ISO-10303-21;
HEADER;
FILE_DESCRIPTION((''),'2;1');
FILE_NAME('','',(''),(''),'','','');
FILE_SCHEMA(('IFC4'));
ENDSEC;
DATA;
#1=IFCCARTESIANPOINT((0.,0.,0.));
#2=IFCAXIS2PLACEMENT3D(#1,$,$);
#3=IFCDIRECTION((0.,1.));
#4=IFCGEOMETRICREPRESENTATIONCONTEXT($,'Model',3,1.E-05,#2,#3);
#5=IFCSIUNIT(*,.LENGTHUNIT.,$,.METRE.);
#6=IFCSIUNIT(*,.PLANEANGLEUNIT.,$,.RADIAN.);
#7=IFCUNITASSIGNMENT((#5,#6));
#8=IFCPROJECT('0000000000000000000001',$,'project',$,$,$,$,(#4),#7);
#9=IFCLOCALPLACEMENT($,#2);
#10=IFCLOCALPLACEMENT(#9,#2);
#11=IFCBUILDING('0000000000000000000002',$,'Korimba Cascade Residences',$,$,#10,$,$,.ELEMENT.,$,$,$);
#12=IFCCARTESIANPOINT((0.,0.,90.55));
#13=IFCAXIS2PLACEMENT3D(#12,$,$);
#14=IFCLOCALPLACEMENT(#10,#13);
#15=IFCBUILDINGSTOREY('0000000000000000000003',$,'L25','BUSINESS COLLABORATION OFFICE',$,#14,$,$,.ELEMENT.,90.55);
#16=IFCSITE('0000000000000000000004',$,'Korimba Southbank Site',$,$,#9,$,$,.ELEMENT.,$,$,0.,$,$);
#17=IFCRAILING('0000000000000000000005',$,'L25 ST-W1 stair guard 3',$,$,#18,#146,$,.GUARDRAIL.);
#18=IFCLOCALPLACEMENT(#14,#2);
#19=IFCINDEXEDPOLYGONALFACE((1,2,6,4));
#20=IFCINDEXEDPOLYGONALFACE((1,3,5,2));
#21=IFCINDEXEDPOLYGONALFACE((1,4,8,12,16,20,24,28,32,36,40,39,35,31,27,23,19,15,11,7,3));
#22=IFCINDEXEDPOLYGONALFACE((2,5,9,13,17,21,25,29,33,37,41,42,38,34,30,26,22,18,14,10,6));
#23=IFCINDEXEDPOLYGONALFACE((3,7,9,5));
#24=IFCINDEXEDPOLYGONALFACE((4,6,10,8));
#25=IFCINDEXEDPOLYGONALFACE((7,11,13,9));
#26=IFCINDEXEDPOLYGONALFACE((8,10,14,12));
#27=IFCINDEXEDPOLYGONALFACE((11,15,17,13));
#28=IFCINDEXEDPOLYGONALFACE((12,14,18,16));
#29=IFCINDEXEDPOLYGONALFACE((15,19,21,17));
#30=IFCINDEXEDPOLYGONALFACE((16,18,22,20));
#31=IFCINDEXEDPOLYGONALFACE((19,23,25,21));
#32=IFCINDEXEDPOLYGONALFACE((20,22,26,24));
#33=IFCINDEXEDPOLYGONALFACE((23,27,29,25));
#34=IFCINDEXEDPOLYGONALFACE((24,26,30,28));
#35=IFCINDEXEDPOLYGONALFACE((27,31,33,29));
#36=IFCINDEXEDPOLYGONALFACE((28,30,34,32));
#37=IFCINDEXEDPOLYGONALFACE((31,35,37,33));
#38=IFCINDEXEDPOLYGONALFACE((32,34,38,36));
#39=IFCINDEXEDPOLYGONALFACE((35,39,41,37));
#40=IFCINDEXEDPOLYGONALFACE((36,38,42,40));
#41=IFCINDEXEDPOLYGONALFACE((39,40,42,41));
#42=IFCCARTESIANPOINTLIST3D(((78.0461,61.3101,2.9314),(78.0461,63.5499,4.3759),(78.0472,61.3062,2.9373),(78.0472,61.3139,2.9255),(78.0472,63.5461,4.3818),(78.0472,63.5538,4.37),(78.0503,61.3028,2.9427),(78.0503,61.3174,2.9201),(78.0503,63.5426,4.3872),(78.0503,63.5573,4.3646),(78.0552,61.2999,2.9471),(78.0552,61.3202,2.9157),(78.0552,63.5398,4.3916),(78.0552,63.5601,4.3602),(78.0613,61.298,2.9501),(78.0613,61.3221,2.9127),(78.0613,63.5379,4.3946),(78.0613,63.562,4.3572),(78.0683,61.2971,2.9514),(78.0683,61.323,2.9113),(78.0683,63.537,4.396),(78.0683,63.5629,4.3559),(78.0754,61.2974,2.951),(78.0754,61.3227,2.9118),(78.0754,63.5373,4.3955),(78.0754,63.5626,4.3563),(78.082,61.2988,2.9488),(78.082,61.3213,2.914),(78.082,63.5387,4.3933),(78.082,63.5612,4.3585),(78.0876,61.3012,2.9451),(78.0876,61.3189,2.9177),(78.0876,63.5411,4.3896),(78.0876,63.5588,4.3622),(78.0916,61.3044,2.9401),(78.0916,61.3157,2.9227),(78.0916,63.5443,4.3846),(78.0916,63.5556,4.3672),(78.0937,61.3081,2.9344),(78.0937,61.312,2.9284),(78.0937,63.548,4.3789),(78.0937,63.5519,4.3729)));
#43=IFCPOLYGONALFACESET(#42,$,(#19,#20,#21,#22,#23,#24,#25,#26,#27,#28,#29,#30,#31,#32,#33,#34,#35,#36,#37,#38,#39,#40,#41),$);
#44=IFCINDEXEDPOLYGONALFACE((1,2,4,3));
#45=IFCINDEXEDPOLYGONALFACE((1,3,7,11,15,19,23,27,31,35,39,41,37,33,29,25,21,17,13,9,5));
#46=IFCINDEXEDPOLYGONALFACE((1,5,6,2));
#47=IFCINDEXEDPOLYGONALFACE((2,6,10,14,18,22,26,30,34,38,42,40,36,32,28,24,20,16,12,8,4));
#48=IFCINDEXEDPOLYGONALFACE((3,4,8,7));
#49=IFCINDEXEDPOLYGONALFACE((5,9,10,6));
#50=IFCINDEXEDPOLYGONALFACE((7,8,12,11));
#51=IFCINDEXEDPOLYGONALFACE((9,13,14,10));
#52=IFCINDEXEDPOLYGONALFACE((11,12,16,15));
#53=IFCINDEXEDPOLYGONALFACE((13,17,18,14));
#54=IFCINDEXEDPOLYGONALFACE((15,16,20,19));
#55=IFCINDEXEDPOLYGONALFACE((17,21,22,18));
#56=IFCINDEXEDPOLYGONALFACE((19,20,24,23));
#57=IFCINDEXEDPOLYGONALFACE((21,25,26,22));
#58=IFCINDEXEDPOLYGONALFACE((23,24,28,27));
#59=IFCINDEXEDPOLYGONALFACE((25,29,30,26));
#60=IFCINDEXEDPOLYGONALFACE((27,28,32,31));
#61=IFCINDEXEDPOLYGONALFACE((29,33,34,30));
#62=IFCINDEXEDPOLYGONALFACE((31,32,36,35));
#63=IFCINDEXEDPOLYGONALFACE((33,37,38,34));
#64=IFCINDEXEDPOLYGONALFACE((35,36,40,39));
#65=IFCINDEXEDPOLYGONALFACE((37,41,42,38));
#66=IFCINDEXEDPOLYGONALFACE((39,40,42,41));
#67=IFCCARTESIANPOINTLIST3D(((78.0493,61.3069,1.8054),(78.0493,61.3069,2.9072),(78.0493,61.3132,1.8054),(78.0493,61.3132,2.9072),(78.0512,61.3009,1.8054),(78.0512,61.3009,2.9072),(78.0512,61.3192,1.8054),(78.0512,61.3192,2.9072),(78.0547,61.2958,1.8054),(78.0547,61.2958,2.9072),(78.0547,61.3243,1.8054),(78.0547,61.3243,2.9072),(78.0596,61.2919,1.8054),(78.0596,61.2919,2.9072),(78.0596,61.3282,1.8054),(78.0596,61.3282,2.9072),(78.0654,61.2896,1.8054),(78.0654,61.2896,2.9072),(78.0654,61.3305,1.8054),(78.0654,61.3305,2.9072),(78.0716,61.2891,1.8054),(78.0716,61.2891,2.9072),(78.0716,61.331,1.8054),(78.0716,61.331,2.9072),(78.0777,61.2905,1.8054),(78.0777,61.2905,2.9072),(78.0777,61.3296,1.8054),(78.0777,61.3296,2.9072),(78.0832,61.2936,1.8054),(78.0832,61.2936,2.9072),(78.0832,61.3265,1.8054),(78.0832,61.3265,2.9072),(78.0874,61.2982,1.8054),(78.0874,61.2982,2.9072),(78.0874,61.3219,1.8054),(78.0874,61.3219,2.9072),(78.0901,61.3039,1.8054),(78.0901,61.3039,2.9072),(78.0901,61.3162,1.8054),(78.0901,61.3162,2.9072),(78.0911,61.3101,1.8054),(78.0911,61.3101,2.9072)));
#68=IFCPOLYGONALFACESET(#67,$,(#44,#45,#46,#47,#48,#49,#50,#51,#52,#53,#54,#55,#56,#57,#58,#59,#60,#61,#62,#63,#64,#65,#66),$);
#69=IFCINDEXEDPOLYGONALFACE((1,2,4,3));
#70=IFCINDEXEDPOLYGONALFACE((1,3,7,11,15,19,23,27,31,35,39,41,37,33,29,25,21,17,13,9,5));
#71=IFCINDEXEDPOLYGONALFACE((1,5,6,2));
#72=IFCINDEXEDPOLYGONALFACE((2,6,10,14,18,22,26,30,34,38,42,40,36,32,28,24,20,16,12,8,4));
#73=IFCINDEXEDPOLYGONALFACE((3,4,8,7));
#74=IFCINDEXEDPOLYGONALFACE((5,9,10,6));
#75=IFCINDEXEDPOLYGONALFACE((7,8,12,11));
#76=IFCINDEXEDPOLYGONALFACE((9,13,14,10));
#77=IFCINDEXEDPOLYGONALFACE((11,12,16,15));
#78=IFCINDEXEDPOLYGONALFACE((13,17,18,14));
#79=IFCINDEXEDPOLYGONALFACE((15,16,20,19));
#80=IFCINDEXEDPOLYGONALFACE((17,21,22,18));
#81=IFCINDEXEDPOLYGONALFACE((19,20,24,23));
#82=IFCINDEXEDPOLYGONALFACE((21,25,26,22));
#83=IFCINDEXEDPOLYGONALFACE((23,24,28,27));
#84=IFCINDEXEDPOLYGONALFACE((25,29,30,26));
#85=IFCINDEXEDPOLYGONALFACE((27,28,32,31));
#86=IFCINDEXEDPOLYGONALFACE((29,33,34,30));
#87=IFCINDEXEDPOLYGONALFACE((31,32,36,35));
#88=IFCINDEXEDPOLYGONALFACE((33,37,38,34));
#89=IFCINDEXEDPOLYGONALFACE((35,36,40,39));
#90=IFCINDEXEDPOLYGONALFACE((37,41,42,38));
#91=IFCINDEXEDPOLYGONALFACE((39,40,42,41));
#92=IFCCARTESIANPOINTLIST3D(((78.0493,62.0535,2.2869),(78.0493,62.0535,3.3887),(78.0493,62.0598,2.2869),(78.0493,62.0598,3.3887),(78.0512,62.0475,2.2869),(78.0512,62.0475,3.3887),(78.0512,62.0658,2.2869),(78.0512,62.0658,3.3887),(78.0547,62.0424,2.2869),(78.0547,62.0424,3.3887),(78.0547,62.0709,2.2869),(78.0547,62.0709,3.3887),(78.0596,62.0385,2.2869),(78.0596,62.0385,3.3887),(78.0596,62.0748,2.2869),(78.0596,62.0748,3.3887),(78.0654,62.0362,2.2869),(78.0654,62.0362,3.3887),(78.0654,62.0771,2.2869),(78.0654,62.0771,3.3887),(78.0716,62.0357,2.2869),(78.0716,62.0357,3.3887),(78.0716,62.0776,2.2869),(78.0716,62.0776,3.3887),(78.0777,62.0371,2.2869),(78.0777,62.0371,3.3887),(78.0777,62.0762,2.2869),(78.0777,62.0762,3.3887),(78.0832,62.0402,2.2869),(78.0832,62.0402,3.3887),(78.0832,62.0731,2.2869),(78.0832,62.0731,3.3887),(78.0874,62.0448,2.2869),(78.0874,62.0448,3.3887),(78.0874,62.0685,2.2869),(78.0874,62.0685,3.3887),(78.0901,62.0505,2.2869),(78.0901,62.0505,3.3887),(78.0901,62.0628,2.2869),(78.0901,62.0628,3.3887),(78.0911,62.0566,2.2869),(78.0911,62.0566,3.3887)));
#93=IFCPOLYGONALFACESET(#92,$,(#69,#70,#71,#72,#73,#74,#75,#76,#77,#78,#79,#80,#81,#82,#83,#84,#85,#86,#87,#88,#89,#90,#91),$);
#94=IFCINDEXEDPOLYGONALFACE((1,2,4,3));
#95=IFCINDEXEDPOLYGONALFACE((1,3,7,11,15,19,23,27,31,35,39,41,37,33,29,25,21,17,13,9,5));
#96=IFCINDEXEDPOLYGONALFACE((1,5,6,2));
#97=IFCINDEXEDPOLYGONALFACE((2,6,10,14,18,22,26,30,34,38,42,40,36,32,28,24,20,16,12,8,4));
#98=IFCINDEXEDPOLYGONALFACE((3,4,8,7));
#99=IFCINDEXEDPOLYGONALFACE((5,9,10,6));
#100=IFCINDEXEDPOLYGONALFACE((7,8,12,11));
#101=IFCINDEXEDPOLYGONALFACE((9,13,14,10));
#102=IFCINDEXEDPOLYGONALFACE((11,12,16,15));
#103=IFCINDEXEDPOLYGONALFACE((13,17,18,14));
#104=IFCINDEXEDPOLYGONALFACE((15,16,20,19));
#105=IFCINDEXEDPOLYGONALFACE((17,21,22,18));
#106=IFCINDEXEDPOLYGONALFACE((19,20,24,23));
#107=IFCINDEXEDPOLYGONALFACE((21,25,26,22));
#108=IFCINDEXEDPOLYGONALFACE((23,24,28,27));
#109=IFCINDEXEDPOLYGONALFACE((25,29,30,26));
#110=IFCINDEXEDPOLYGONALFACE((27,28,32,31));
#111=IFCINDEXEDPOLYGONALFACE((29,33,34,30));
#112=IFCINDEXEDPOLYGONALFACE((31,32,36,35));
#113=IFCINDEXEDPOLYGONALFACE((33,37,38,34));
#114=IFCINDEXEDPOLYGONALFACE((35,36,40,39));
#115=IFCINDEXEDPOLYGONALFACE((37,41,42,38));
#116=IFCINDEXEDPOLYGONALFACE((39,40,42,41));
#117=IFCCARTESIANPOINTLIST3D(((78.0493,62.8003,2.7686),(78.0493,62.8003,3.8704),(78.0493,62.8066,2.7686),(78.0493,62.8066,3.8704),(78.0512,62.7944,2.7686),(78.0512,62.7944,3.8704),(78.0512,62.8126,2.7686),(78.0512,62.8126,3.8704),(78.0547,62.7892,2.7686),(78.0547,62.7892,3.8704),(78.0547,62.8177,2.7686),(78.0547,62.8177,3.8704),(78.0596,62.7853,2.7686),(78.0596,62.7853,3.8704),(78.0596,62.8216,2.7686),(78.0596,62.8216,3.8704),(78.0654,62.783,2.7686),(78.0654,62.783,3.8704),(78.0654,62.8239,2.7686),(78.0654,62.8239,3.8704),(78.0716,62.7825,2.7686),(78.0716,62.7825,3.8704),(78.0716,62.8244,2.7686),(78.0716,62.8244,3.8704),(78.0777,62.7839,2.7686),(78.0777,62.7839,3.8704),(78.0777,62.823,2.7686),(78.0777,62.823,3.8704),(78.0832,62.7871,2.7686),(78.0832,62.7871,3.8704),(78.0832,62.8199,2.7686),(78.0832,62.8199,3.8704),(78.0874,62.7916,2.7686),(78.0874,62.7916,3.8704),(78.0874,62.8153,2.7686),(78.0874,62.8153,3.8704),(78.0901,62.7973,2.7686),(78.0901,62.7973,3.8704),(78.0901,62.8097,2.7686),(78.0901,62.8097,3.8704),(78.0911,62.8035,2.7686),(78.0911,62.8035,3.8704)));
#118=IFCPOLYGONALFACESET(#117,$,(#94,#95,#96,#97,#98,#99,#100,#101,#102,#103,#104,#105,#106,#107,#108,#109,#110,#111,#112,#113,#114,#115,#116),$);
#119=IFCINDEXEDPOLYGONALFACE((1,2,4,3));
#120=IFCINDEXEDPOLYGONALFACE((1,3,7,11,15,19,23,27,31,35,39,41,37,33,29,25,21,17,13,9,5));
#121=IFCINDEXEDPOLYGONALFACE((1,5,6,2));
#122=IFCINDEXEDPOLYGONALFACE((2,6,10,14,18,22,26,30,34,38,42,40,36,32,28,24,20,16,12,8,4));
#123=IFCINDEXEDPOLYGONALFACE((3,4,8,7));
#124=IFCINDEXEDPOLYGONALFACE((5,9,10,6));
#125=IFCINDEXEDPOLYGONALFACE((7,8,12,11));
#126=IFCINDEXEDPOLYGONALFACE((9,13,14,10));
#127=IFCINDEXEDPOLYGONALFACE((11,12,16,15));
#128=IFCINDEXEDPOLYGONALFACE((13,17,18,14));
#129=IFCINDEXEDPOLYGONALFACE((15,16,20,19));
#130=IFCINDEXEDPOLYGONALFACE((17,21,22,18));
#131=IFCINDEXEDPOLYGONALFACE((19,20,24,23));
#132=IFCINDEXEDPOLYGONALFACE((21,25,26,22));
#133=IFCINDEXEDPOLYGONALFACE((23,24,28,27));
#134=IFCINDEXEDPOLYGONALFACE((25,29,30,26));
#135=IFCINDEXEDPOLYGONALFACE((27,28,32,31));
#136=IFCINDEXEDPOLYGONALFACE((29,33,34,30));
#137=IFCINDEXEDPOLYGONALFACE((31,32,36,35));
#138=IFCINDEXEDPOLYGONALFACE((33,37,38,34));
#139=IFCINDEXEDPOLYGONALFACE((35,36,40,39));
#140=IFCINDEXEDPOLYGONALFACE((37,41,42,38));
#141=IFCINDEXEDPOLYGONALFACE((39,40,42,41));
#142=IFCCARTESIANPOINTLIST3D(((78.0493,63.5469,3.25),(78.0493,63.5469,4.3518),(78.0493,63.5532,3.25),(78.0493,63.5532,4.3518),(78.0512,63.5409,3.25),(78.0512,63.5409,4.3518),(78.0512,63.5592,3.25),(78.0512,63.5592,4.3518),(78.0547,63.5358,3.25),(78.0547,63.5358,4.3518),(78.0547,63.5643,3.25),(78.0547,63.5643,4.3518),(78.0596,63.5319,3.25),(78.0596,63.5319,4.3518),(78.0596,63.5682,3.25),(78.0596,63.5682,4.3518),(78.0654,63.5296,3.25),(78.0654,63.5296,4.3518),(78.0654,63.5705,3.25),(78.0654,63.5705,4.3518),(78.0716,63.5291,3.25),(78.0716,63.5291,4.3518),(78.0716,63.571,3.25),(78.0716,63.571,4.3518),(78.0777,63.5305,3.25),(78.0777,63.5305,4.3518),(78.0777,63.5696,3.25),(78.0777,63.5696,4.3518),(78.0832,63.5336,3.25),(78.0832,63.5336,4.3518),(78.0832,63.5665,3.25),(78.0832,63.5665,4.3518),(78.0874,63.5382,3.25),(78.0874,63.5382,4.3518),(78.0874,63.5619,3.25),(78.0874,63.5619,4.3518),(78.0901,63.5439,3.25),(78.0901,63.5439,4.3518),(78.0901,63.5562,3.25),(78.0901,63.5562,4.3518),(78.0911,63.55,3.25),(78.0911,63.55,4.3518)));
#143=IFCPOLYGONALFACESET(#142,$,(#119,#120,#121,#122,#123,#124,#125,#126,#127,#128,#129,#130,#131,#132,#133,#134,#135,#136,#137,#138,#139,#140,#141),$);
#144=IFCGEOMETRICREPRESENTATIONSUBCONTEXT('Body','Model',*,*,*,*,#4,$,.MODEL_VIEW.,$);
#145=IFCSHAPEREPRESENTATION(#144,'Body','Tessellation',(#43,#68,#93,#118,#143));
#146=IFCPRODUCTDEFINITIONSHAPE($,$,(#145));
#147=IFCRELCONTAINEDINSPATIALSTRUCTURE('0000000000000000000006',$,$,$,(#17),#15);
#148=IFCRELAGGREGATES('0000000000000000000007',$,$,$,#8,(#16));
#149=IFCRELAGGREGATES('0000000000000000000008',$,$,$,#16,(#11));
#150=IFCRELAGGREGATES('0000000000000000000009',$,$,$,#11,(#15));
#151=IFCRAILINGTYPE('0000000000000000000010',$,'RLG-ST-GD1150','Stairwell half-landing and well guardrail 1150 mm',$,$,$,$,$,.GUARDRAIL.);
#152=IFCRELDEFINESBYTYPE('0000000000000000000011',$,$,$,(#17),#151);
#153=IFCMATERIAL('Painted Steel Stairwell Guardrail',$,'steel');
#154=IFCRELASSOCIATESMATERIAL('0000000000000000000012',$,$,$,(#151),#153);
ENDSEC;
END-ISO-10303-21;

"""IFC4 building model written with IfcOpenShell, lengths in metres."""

from ifc_helpers import new_model, si_unit, direction, frame, origin, origin_2d, place, context, subcontext, project, spatial, circle, extrude, material, type_object, element, save


model = new_model("IFC4")

# Units and contexts
model_context = context("Model", 3, precision=1e-05, world=origin(), true_north=direction((0.0, 1.0)))
body_context = subcontext(model_context, "Body", "Model", "MODEL_VIEW")
ifc_project = project(units=[si_unit("LENGTHUNIT", "METRE"), si_unit("PLANEANGLEUNIT", "RADIAN")], contexts=[model_context])

# Site, building, storey
site_placement = place(None, origin())
site = spatial("IfcSite", under=ifc_project, at=site_placement, Name="Korimba Southbank Site", CompositionType="ELEMENT", RefElevation=0.0)
building_placement = place(site_placement, origin())
building = spatial("IfcBuilding", under=site, at=building_placement, Name="Korimba Cascade Residences", CompositionType="ELEMENT")
storey_placement = place(building_placement, frame((0.0, 0.0, 90.55)))
storey = spatial("IfcBuildingStorey", under=building, at=storey_placement, Name="L25", Description="BUSINESS COLLABORATION OFFICE", CompositionType="ELEMENT", Elevation=90.55)

# Railing
ifc_material_1 = material(Name="Painted Steel Stairwell Guardrail", Category="steel")
railing_type_1 = type_object("IfcRailingType", Name="RLG-ST-GD1150", Description="Stairwell half-landing and well guardrail 1150 mm", PredefinedType="GUARDRAIL", material=ifc_material_1)
railing_1_placement = place(storey_placement, frame((78.0701, 61.3101, 1.8054)))
element("IfcRailing", 1, at=railing_1_placement, inside=storey, type_object=railing_type_1, Name="L25 ST-W1 stair guard 3", PredefinedType="GUARDRAIL", context=body_context, shape_type="SweptSolid", body=[
    extrude(circle(Radius=0.0239, at=origin_2d()), frame((0.0, 0.0, 1.126), z_axis=(0.0, 0.840395, 0.541975), x_axis=(-1.0, 0.0, 0.0)), (0.0, 0.0, 1.0), 2.6653),
    extrude(circle(Radius=0.021, at=origin_2d()), origin(), (0.0, 0.0, 1.0), 1.1018),
    extrude(circle(Radius=0.021, at=origin_2d()), frame((0.0, 0.7466, 0.4814)), (0.0, 0.0, 1.0), 1.1018),
    extrude(circle(Radius=0.021, at=origin_2d()), frame((0.0, 1.4934, 0.9631)), (0.0, 0.0, 1.0), 1.1018),
    extrude(circle(Radius=0.021, at=origin_2d()), frame((0.0, 2.24, 1.4446)), (0.0, 0.0, 1.0), 1.1018),
])

save(model, "model.ifc")
